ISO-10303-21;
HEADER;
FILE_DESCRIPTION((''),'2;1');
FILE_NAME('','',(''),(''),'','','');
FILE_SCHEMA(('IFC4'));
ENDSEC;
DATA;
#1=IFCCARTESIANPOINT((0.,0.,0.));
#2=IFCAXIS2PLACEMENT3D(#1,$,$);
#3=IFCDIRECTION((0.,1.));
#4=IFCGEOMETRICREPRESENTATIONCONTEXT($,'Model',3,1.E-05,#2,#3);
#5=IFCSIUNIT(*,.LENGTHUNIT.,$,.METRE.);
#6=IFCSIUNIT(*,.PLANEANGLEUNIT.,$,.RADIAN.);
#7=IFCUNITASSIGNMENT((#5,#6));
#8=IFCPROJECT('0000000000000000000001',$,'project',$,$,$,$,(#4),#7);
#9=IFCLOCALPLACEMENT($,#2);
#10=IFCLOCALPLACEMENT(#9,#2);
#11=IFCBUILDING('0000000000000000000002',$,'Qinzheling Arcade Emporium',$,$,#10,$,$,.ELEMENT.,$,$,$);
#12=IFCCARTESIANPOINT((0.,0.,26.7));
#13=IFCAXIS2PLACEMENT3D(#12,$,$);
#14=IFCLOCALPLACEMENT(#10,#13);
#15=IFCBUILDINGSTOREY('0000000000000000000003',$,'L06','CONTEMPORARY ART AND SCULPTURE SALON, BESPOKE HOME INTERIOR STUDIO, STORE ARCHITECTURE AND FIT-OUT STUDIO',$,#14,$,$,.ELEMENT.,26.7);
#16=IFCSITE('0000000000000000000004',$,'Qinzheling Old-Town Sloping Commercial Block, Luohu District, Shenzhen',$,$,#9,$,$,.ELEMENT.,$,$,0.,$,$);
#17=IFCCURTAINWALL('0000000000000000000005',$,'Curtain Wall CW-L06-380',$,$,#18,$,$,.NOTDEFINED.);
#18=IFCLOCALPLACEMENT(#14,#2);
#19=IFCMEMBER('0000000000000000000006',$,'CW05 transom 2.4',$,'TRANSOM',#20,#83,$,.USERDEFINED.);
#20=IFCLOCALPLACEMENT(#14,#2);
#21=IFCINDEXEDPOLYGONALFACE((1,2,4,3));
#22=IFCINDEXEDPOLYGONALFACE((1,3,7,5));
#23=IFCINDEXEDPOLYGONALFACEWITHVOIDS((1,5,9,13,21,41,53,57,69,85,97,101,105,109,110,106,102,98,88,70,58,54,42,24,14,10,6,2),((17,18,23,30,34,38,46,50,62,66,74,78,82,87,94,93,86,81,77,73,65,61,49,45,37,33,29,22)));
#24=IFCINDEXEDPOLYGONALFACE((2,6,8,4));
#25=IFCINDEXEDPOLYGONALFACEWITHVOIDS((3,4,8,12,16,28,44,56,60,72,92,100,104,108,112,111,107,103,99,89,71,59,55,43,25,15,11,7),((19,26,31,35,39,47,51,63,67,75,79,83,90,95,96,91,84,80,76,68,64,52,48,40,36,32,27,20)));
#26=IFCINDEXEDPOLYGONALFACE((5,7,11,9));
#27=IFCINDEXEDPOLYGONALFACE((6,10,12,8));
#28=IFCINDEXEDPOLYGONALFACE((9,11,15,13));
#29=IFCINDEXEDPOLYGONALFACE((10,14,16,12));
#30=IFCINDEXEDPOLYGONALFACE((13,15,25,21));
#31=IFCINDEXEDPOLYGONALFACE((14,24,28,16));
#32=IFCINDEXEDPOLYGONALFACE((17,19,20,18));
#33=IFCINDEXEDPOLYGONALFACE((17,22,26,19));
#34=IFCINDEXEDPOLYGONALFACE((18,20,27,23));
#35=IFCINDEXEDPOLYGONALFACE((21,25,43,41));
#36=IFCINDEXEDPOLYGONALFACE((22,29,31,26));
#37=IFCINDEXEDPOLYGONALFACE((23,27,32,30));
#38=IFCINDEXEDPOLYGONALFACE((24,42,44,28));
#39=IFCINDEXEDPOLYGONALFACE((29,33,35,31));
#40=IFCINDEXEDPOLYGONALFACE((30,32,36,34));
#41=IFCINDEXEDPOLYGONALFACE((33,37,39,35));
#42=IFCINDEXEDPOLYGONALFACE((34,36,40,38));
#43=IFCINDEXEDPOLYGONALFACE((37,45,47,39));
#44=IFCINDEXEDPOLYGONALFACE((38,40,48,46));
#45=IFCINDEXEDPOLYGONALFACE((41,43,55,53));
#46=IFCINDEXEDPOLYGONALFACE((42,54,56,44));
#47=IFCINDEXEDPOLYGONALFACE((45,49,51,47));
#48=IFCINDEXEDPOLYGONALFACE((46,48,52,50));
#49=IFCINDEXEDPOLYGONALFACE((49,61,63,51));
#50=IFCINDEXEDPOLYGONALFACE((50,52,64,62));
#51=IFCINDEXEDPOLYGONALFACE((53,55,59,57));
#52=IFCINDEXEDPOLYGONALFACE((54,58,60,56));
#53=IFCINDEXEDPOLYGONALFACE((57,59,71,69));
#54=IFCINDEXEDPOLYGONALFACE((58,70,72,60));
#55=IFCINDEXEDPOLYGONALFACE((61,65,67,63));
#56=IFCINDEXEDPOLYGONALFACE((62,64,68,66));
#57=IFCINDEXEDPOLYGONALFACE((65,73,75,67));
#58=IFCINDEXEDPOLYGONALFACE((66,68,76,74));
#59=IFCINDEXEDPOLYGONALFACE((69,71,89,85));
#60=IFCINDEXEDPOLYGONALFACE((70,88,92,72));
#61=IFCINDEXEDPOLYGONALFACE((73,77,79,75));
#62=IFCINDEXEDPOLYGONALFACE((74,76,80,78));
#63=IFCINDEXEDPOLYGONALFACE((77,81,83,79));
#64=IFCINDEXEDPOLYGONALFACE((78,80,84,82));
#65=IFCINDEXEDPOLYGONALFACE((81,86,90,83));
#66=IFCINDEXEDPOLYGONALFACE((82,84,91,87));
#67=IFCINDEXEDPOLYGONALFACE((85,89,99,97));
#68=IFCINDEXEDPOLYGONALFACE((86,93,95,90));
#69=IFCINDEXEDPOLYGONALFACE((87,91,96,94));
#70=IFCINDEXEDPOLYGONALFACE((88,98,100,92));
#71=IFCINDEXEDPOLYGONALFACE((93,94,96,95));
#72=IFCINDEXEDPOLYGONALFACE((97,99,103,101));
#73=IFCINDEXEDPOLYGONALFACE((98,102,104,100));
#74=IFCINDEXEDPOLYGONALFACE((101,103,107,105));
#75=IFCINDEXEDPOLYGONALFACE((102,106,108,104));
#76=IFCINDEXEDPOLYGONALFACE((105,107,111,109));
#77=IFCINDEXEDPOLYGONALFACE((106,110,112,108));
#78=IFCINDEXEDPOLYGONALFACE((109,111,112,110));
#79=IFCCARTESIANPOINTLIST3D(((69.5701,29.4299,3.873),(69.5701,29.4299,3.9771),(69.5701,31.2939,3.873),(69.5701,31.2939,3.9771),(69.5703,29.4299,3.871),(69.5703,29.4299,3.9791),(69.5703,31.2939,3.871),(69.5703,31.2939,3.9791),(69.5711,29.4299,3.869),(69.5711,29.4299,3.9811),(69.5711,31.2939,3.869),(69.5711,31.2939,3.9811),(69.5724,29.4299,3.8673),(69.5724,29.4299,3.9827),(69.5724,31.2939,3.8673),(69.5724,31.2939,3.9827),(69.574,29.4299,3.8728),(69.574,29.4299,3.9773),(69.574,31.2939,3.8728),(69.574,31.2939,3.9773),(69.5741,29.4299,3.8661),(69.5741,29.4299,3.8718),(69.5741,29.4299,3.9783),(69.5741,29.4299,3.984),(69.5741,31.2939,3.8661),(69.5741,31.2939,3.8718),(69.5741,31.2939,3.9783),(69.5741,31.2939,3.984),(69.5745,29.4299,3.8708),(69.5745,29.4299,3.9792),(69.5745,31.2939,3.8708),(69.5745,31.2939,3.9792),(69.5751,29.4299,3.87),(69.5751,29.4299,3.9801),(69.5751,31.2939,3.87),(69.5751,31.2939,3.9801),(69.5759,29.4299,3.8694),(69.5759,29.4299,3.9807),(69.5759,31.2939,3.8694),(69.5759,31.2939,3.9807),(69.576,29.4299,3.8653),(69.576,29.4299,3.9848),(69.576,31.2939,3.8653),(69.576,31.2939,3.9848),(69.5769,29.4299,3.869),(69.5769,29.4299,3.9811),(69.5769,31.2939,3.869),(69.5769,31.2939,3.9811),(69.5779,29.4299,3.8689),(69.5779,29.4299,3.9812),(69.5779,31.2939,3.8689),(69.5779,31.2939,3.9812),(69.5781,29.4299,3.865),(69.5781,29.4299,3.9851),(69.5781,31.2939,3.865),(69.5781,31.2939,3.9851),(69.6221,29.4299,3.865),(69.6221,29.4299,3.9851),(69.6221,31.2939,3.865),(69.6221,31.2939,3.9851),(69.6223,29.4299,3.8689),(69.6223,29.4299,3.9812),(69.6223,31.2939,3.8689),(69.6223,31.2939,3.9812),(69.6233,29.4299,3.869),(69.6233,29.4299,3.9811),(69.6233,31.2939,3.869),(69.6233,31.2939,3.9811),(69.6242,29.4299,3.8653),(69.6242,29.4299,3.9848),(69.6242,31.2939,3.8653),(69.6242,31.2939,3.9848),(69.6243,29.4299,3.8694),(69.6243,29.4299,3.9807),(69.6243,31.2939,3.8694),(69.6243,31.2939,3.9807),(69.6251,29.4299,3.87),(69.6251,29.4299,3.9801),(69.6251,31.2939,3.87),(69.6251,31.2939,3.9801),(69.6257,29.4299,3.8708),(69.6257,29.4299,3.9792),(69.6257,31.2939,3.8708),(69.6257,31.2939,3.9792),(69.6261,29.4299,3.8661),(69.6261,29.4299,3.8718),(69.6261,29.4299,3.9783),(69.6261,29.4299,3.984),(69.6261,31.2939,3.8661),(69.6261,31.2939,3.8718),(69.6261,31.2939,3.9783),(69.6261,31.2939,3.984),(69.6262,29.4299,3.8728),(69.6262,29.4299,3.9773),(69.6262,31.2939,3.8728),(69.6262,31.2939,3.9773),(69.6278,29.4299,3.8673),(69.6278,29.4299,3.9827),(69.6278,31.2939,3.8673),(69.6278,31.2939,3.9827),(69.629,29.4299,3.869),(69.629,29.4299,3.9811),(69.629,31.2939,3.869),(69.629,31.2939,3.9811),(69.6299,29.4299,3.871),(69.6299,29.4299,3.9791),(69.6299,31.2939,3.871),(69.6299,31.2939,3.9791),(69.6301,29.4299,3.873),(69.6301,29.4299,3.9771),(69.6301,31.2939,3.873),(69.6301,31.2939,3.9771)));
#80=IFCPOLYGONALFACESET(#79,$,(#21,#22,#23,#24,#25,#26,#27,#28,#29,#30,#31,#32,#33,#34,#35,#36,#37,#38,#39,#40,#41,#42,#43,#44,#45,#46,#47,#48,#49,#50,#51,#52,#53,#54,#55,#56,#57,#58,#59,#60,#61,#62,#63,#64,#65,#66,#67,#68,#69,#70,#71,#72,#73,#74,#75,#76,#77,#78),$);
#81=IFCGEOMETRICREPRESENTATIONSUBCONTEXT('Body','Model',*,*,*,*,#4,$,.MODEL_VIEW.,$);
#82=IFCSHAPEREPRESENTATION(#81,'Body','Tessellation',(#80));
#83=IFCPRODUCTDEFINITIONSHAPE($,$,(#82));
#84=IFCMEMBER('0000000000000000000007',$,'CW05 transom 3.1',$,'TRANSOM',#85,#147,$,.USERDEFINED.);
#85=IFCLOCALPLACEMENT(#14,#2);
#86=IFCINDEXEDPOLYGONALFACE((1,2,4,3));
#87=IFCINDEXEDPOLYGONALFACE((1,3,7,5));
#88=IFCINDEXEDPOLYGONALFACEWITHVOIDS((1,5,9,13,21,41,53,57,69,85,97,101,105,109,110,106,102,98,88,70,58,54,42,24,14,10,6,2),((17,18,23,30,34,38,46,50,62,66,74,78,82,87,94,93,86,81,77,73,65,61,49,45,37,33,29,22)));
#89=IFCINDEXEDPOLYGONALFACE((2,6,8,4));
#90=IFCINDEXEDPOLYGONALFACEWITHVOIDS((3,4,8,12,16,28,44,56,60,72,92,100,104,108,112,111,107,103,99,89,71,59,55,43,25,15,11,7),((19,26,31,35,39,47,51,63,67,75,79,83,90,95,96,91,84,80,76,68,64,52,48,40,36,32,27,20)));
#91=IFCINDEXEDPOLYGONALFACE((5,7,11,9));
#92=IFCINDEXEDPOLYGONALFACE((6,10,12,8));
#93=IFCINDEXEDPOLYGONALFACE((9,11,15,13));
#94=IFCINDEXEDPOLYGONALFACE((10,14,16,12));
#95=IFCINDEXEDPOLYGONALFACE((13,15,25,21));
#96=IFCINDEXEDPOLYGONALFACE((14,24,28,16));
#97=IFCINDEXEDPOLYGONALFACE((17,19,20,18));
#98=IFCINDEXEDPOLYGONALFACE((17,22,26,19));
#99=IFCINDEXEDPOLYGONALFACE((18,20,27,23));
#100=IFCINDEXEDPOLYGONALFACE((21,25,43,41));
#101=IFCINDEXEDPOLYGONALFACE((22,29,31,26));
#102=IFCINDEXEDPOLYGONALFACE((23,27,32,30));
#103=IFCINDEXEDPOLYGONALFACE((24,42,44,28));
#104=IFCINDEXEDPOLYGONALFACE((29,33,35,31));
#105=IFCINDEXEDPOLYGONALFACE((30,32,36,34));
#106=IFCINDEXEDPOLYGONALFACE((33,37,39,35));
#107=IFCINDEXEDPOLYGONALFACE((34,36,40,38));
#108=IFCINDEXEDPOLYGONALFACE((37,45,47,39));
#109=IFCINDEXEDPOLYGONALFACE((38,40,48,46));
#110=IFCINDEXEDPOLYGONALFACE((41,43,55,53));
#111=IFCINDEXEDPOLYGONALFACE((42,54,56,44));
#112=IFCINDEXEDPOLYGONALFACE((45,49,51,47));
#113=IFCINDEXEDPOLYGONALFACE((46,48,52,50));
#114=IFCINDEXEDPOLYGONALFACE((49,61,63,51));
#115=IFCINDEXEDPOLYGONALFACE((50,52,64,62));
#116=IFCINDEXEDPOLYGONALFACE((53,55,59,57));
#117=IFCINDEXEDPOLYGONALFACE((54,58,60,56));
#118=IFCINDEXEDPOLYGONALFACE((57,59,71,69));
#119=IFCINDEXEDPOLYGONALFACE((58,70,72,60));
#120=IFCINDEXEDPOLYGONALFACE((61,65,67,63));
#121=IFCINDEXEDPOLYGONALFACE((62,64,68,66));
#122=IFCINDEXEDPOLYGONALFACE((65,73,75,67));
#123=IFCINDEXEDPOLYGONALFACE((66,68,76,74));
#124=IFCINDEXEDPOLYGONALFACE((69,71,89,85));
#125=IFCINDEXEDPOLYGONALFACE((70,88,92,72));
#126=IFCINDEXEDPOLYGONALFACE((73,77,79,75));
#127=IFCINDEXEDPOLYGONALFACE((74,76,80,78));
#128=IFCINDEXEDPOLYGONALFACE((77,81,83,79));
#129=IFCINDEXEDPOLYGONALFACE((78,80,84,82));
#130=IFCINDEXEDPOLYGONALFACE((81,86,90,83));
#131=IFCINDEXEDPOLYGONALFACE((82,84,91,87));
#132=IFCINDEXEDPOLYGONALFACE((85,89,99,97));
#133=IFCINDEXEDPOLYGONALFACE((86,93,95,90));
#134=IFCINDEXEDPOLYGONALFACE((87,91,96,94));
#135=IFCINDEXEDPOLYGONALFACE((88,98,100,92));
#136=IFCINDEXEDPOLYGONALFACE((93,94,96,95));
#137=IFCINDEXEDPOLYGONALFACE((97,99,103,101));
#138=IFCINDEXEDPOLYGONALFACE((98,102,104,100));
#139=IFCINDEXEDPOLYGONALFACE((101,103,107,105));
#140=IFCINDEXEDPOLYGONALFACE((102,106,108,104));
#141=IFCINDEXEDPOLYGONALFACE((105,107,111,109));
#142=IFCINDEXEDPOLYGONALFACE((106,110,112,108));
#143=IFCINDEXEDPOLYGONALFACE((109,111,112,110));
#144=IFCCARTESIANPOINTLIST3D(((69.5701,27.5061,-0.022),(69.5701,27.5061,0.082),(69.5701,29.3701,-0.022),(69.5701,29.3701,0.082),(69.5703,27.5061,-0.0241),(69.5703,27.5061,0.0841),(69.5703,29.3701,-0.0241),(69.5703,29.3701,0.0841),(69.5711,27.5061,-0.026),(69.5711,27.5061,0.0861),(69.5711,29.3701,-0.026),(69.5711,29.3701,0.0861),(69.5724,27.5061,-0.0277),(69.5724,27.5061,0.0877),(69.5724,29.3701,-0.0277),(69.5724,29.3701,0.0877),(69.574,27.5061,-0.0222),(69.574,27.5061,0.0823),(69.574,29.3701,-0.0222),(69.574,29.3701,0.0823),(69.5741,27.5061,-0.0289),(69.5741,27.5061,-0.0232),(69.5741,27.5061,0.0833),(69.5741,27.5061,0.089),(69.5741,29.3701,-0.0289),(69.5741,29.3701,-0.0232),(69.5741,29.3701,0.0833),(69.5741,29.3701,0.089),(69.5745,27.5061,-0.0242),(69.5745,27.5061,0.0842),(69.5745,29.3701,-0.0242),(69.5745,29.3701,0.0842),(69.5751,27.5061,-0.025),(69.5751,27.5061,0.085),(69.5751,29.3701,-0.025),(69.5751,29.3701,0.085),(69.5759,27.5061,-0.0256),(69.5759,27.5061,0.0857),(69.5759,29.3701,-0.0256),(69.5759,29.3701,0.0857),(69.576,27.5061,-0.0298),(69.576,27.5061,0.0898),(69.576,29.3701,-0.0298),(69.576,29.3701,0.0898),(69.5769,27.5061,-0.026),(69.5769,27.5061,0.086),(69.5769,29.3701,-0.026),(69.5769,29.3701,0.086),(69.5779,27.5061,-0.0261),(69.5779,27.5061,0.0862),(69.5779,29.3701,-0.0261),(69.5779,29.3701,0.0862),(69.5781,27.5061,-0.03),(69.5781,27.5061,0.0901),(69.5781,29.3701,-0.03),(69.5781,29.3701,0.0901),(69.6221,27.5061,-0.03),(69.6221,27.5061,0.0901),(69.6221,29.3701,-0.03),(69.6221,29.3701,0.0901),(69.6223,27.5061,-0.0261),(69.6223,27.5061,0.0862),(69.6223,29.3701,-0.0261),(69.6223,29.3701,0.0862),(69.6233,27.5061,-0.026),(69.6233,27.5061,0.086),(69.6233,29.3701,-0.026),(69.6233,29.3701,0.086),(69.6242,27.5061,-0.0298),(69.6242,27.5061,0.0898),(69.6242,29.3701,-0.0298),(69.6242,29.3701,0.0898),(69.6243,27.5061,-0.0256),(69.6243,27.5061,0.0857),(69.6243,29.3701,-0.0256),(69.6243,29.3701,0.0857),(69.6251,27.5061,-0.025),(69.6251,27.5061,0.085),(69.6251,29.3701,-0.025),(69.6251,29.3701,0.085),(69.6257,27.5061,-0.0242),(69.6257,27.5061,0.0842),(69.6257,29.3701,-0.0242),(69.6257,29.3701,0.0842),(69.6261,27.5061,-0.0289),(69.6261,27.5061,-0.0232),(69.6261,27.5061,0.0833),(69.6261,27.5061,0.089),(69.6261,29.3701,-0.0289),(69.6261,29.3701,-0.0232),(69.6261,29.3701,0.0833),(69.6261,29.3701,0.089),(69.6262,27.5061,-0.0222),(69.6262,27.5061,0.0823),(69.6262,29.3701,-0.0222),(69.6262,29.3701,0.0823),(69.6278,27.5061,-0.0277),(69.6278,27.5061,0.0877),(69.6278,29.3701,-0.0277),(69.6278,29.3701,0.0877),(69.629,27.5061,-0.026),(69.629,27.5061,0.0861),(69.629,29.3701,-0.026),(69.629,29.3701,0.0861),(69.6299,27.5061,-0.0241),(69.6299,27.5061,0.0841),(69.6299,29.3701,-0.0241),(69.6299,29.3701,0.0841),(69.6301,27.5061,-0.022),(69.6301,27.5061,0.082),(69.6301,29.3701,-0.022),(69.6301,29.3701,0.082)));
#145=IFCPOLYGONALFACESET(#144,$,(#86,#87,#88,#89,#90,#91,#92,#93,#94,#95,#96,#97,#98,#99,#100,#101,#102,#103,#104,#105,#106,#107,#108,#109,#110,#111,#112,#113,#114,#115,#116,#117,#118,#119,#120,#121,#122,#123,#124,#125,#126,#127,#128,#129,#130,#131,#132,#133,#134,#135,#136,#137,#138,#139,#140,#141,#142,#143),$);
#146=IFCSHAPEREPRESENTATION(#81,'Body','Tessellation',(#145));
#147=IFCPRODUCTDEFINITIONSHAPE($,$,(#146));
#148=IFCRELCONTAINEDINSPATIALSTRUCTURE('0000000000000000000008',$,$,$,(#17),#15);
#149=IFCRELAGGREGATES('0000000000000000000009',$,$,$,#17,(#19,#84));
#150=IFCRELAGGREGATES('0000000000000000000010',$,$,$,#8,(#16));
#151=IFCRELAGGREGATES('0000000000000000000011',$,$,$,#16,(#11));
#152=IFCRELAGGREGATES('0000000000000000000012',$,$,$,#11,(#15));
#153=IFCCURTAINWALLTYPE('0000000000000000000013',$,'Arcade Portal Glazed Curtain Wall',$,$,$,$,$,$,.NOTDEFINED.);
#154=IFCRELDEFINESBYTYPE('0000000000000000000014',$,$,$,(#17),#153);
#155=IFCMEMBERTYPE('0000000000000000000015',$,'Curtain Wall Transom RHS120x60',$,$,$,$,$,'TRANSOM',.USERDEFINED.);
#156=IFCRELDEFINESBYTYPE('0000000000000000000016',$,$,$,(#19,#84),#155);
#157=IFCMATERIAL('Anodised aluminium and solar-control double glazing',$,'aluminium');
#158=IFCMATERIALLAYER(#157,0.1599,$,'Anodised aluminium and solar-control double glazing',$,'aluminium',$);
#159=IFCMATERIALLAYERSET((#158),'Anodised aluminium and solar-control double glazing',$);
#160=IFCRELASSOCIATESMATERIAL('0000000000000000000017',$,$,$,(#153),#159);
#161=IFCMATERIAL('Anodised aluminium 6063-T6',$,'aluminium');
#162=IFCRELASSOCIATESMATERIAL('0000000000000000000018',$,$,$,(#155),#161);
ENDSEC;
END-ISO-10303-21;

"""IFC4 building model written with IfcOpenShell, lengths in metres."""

from ifc_helpers import new_model, si_unit, direction, frame, origin, origin_2d, place, context, subcontext, project, spatial, hollow_rectangle, extrude, material, layer, layer_set, material_profile, profile_set, type_object, element, aggregate, save


model = new_model("IFC4")

# Units and contexts
model_context = context("Model", 3, precision=1e-05, world=origin(), true_north=direction((0.0, 1.0)))
body_context = subcontext(model_context, "Body", "Model", "MODEL_VIEW")
ifc_project = project(units=[si_unit("LENGTHUNIT", "METRE"), si_unit("PLANEANGLEUNIT", "RADIAN")], contexts=[model_context])

# Site, building, storey
site_placement = place(None, origin())
site = spatial("IfcSite", under=ifc_project, at=site_placement, Name="Qinzheling Old-Town Sloping Commercial Block, Luohu District, Shenzhen", CompositionType="ELEMENT", RefElevation=0.0)
building_placement = place(site_placement, origin())
building = spatial("IfcBuilding", under=site, at=building_placement, Name="Qinzheling Arcade Emporium", CompositionType="ELEMENT")
storey_placement = place(building_placement, frame((0.0, 0.0, 26.7)))
storey = spatial("IfcBuildingStorey", under=building, at=storey_placement, Name="L06", Description="CONTEMPORARY ART AND SCULPTURE SALON, BESPOKE HOME INTERIOR STUDIO, STORE ARCHITECTURE AND FIT-OUT STUDIO", CompositionType="ELEMENT", Elevation=26.7)

# Curtain wall, members
ifc_material_1 = material(Name="Anodised aluminium and solar-control double glazing", Category="aluminium")
ifc_layer_1 = layer(ifc_material_1, 0.1599, Name="Anodised aluminium and solar-control double glazing", Category="aluminium")
ifc_layer_set_1 = layer_set([ifc_layer_1], Name="Anodised aluminium and solar-control double glazing")
curtain_wall_type = type_object("IfcCurtainWallType", Name="Arcade Portal Glazed Curtain Wall", PredefinedType="NOTDEFINED", material=ifc_layer_set_1)
curtain_wall_placement = place(storey_placement, origin())
curtain_wall = element("IfcCurtainWall", 1, at=curtain_wall_placement, inside=storey, type_object=curtain_wall_type, Name="Curtain Wall CW-L06-380", PredefinedType="NOTDEFINED")
ifc_material_2 = material(Name="Anodised aluminium 6063-T6", Category="aluminium")
ifc_material_profile_1 = material_profile(ifc_material_2, hollow_rectangle(XDim=0.0601, YDim=0.1201, WallThickness=0.0039, InnerFilletRadius=0.0039, OuterFilletRadius=0.0081, at=origin_2d()), Name="RHS 120x60x4", Category="aluminium")
ifc_profile_set_1 = profile_set([ifc_material_profile_1], Name="Anodised aluminium 6063-T6")
member_type_1 = type_object("IfcMemberType", Name="Curtain Wall Transom RHS120x60", ElementType="TRANSOM", PredefinedType="USERDEFINED", material=ifc_profile_set_1)
member_1_placement = place(storey_placement, frame((69.6001, 31.2939, 3.925), z_axis=(0.0, -1.0, 0.0), x_axis=(1.0, 0.0, 0.0)))
member_1 = element("IfcMember", 2, at=member_1_placement, type_object=member_type_1, Name="CW05 transom 2.4", ObjectType="TRANSOM", PredefinedType="USERDEFINED", context=body_context, shape_type="SweptSolid", body=[
    extrude(hollow_rectangle(XDim=0.0601, YDim=0.1201, WallThickness=0.0039, InnerFilletRadius=0.0039, OuterFilletRadius=0.0081, at=origin_2d()), origin(), (0.0, 0.0, 1.0), 1.864),
])
member_2_placement = place(storey_placement, frame((69.6001, 29.3701, 0.03), z_axis=(0.0, -1.0, 0.0), x_axis=(1.0, 0.0, 0.0)))
member_2 = element("IfcMember", 3, at=member_2_placement, type_object=member_type_1, Name="CW05 transom 3.1", ObjectType="TRANSOM", PredefinedType="USERDEFINED", context=body_context, shape_type="SweptSolid", body=[
    extrude(hollow_rectangle(XDim=0.0601, YDim=0.1201, WallThickness=0.0039, InnerFilletRadius=0.0039, OuterFilletRadius=0.0081, at=origin_2d()), origin(), (0.0, 0.0, 1.0), 1.864),
])
aggregate(curtain_wall, [member_1, member_2])

save(model, "model.ifc")
